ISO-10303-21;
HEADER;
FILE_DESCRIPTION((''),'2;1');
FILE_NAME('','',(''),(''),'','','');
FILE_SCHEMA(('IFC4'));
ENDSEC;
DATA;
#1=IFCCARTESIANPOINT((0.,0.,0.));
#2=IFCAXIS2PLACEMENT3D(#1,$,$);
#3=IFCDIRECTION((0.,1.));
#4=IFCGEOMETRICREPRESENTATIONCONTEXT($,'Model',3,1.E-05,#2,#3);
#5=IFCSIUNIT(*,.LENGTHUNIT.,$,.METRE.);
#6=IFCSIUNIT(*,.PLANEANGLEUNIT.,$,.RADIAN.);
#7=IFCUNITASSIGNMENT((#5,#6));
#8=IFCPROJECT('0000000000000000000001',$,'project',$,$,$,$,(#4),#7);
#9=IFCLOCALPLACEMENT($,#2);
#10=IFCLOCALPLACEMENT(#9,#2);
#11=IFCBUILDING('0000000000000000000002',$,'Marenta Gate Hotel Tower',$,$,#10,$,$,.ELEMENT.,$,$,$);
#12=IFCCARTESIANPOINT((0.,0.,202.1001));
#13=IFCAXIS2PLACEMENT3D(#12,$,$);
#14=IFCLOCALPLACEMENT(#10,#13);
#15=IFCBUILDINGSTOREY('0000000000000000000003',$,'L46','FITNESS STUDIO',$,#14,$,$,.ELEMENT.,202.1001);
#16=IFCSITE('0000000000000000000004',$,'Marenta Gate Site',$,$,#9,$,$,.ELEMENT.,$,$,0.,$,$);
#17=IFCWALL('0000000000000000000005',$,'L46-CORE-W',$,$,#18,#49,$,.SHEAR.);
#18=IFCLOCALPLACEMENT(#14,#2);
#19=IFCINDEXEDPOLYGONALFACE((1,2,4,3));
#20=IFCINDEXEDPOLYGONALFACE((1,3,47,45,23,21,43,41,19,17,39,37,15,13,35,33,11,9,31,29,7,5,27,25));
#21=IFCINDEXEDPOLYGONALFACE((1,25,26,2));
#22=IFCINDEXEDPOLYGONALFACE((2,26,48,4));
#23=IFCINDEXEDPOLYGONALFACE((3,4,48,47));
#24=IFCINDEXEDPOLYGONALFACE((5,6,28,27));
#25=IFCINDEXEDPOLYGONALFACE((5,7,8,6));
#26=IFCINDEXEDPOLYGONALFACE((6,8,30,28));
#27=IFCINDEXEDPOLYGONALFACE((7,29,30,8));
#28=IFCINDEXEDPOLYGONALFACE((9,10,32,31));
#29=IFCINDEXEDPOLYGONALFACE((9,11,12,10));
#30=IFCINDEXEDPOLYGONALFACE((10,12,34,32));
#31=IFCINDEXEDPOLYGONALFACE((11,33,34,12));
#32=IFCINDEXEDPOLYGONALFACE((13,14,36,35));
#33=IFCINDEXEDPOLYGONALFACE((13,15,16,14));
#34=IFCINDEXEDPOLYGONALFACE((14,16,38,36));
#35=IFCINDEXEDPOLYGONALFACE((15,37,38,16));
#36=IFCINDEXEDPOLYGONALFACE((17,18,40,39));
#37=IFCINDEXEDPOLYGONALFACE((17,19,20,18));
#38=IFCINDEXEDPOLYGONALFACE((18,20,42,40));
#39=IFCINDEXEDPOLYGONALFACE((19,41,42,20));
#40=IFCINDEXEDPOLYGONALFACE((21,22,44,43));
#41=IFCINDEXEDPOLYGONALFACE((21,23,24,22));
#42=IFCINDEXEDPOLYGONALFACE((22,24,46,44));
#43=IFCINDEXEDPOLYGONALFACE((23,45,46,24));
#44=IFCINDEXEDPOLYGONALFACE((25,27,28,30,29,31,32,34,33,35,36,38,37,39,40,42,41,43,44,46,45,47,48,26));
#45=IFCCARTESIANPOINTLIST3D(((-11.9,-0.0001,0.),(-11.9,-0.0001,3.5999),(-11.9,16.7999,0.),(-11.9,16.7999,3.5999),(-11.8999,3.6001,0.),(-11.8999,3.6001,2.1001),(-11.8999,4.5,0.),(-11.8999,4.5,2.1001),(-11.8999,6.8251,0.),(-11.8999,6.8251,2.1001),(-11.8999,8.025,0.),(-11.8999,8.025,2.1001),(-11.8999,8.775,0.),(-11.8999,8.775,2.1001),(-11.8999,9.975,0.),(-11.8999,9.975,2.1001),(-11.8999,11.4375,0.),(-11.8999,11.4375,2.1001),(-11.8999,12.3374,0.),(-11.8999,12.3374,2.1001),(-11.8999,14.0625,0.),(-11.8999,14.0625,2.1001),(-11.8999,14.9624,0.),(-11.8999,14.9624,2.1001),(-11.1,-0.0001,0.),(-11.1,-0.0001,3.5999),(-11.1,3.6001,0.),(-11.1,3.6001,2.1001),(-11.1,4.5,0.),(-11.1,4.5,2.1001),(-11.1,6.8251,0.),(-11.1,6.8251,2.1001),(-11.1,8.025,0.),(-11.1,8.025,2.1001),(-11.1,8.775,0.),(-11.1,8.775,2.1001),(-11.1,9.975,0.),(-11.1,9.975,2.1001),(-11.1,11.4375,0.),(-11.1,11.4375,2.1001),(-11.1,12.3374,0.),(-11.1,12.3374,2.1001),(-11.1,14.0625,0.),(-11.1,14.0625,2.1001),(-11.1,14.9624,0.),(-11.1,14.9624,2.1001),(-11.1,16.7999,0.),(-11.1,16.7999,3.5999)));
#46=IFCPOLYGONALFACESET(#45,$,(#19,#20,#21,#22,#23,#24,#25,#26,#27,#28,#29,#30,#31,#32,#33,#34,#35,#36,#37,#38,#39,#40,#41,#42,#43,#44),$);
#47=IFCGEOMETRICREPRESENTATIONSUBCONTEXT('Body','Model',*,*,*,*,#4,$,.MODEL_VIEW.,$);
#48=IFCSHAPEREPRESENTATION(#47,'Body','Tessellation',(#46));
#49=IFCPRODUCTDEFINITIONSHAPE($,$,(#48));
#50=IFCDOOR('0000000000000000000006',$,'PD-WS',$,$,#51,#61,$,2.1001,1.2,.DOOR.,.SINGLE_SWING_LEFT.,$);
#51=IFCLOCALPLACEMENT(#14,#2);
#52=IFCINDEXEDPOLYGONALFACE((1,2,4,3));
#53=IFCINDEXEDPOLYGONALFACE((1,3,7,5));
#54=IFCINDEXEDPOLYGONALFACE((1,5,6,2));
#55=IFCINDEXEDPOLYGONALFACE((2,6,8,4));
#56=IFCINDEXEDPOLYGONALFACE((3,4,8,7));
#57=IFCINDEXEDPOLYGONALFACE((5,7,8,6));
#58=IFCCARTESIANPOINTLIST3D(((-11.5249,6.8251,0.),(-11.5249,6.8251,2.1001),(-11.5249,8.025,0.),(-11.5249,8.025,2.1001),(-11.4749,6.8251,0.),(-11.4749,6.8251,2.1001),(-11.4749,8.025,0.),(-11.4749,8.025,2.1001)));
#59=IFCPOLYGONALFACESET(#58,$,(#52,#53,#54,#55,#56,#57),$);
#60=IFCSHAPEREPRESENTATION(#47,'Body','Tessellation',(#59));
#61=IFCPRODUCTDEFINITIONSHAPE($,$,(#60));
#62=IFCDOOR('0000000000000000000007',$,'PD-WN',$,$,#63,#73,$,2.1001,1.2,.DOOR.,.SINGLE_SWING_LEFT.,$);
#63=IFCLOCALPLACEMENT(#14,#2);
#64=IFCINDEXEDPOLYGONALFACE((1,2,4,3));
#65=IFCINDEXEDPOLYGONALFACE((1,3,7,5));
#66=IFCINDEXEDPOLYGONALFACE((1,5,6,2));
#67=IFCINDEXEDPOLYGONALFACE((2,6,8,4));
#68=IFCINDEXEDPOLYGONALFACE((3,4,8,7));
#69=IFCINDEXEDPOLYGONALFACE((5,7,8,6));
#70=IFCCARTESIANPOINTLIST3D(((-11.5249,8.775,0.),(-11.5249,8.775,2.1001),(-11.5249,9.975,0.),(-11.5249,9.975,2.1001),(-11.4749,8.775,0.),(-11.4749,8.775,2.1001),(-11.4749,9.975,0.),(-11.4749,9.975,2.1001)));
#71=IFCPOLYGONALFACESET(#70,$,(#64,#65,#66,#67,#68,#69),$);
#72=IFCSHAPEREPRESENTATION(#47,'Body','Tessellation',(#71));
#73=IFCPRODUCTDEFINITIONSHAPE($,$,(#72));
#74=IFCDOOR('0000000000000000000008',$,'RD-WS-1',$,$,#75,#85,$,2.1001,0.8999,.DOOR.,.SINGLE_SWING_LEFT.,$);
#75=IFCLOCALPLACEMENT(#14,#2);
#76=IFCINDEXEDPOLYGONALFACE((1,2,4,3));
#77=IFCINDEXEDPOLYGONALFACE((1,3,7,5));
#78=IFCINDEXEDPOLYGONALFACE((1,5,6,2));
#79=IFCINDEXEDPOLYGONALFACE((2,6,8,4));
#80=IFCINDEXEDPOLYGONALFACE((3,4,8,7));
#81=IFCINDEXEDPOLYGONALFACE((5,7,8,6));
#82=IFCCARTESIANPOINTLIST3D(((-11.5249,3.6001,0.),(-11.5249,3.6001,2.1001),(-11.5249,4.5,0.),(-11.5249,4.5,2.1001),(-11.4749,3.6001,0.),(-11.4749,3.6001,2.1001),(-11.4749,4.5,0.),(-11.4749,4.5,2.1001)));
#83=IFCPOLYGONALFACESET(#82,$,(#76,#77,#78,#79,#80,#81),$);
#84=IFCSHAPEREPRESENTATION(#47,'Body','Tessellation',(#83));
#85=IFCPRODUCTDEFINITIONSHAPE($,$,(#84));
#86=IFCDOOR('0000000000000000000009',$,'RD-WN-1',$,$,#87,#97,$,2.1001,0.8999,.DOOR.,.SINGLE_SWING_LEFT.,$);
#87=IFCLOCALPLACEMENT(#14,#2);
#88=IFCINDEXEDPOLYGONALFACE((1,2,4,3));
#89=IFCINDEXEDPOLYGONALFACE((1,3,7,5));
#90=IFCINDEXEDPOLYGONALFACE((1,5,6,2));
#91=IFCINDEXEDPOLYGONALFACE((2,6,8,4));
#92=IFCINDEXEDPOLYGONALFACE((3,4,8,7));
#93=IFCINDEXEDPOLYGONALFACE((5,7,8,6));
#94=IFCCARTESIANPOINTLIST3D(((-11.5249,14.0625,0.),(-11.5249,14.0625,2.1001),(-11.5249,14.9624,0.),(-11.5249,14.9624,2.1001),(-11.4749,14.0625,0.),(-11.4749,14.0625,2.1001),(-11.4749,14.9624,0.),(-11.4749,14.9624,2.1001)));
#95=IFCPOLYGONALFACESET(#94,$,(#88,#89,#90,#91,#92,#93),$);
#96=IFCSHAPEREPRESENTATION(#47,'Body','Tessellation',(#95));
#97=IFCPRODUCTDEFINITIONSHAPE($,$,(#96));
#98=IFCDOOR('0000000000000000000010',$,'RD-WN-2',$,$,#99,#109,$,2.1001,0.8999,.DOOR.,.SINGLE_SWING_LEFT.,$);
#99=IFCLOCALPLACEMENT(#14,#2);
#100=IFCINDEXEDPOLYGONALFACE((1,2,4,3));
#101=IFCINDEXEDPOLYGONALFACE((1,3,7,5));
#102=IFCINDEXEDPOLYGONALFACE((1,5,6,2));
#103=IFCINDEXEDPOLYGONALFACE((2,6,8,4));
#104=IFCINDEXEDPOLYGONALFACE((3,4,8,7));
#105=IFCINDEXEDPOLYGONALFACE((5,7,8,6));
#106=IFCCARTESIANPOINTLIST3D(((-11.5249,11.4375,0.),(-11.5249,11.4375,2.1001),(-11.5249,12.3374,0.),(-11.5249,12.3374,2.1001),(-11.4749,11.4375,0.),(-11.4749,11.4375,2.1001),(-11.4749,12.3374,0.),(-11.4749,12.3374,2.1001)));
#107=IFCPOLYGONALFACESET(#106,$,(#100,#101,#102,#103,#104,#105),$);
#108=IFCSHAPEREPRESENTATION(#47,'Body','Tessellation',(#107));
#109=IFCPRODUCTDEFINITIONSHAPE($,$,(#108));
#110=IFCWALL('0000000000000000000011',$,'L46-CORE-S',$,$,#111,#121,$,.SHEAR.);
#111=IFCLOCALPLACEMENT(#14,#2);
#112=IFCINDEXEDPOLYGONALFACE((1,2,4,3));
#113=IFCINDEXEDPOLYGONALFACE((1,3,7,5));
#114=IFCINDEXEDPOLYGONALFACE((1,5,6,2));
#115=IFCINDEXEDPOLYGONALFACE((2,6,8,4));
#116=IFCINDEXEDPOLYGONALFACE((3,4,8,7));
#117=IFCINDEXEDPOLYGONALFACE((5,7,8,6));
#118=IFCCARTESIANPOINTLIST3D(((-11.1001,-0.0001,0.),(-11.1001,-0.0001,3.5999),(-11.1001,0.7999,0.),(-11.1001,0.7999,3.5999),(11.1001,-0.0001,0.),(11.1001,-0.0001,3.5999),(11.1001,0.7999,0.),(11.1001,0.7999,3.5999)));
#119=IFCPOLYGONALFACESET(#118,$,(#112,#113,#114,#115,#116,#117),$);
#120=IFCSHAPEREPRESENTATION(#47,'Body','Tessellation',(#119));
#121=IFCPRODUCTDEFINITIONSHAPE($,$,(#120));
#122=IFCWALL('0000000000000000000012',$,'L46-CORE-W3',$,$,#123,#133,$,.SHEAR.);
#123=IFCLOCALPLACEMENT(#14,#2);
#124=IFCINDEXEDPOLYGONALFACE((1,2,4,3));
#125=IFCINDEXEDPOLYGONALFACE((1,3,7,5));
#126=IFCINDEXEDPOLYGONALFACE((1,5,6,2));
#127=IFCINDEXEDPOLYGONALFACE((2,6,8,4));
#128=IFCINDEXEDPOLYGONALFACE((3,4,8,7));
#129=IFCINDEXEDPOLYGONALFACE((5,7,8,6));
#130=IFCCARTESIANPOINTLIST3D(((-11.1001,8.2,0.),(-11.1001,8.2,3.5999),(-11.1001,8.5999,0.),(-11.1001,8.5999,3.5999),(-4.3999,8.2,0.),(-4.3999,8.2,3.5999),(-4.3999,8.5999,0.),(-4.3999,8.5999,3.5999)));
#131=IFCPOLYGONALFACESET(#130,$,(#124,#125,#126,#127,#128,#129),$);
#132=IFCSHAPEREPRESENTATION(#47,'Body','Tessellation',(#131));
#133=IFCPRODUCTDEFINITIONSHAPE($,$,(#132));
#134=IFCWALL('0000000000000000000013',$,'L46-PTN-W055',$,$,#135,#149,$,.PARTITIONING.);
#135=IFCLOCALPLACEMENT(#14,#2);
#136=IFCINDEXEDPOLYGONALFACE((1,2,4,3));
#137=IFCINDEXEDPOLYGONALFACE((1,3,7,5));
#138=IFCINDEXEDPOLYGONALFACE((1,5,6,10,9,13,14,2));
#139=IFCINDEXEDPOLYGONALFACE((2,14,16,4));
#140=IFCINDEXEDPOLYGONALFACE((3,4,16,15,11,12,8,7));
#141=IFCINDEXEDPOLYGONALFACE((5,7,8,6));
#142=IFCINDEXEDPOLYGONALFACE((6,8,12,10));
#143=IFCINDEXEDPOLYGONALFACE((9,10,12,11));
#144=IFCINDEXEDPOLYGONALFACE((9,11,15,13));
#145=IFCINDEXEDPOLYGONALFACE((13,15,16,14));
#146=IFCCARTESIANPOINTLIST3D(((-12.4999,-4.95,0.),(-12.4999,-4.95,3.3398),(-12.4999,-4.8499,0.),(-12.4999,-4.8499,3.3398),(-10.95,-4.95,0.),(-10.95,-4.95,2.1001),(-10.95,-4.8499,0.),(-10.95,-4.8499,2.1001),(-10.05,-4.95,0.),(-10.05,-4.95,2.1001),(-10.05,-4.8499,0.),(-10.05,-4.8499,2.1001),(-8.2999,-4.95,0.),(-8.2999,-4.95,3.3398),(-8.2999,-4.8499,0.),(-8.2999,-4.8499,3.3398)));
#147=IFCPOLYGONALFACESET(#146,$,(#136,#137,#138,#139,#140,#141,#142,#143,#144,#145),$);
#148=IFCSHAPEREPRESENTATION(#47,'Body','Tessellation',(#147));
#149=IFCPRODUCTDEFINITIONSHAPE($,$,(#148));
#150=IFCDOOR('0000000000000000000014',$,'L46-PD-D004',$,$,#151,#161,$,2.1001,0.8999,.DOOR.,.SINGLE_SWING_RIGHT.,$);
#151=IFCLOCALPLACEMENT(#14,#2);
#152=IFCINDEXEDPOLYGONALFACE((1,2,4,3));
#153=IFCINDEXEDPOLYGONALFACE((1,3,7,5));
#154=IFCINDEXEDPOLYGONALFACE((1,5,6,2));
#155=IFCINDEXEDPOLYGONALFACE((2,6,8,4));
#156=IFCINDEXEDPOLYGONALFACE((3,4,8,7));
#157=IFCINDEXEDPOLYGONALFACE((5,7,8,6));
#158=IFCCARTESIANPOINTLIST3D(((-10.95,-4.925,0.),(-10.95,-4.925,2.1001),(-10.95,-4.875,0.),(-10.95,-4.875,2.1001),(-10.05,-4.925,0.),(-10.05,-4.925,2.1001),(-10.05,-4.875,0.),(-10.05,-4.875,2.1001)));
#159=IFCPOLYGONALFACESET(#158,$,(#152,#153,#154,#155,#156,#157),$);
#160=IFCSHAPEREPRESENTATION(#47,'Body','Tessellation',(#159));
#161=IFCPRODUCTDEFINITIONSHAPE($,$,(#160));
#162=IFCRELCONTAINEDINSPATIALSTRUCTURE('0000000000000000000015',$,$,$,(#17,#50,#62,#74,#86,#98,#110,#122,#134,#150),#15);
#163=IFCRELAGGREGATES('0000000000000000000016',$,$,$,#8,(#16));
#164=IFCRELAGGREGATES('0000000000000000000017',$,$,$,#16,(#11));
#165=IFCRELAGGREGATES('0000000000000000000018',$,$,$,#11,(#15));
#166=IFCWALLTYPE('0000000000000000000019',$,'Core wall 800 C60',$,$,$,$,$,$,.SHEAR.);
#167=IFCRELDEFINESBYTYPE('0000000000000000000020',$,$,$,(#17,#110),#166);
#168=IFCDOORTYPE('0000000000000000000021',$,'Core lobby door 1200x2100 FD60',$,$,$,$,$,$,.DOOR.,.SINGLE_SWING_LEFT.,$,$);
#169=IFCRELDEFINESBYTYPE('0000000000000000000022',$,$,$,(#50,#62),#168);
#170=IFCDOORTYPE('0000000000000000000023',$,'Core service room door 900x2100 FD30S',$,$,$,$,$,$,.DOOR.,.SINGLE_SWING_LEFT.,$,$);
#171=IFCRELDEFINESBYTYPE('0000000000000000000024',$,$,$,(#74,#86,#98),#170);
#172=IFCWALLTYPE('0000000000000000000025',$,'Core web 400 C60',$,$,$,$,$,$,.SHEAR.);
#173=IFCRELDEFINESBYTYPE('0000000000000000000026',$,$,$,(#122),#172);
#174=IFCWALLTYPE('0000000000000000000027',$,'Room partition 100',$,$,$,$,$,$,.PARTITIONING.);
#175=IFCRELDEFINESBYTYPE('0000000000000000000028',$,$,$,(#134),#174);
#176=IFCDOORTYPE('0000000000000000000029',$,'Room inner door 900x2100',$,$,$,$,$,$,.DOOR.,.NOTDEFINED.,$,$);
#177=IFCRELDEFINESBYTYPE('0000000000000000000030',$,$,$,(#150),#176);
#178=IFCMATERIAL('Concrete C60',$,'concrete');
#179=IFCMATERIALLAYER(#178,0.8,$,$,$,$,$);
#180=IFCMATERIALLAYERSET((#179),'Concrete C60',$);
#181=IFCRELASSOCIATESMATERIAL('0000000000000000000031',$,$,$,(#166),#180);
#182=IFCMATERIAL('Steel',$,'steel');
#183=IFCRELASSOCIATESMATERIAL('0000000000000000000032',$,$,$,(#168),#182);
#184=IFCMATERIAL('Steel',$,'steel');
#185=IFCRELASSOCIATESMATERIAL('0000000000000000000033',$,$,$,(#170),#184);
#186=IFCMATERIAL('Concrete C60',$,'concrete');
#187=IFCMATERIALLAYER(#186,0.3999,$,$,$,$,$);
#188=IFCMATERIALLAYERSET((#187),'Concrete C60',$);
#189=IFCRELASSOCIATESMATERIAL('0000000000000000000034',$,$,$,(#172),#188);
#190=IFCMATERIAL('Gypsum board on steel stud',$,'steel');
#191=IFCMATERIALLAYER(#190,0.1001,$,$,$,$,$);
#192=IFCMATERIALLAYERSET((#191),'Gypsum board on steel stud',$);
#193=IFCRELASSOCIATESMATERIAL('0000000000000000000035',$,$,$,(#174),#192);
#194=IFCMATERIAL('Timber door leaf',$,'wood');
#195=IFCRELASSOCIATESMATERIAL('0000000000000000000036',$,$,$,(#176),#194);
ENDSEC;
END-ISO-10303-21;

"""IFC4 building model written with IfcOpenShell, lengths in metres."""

from ifc_helpers import new_model, si_unit, direction, frame, frame_2d, origin, place, context, subcontext, project, spatial, rectangle, extrude, material, layer, layer_set, type_object, element, fill, save


model = new_model("IFC4")

# Units and contexts
model_context = context("Model", 3, precision=1e-05, world=origin(), true_north=direction((0.0, 1.0)))
body_context = subcontext(model_context, "Body", "Model", "MODEL_VIEW")
ifc_project = project(units=[si_unit("LENGTHUNIT", "METRE"), si_unit("PLANEANGLEUNIT", "RADIAN")], contexts=[model_context])

# Site, building, storey
site_placement = place(None, origin())
site = spatial("IfcSite", under=ifc_project, at=site_placement, Name="Marenta Gate Site", CompositionType="ELEMENT", RefElevation=0.0)
building_placement = place(site_placement, origin())
building = spatial("IfcBuilding", under=site, at=building_placement, Name="Marenta Gate Hotel Tower", CompositionType="ELEMENT")
storey_placement = place(building_placement, frame((0.0, 0.0, 202.1001)))
storey = spatial("IfcBuildingStorey", under=building, at=storey_placement, Name="L46", Description="FITNESS STUDIO", CompositionType="ELEMENT", Elevation=202.1001)

# Wall, openings, doors
ifc_material_1 = material(Name="Concrete C60", Category="concrete")
ifc_layer_1 = layer(ifc_material_1, 0.8)
ifc_layer_set_1 = layer_set([ifc_layer_1], Name="Concrete C60")
wall_type_1 = type_object("IfcWallType", Name="Core wall 800 C60", PredefinedType="SHEAR", material=ifc_layer_set_1)
wall_1_placement = place(storey_placement, frame((-11.5, 0.0, 0.0), z_axis=(0.0, 0.0, 1.0), x_axis=(0.0, 1.0, 0.0)))
wall_1 = element("IfcWall", 1, at=wall_1_placement, inside=storey, type_object=wall_type_1, Name="L46-CORE-W", PredefinedType="SHEAR", context=body_context, shape_type="SweptSolid", body=[
    extrude(rectangle(XDim=16.8, YDim=0.8, at=frame_2d((8.3999, 0.0))), origin(), (0.0, 0.0, 1.0), 3.5999),
])
opening_1_placement = place(wall_1_placement, frame((3.6001, 0.0, 0.0)))
opening_1 = element("IfcOpeningElement", 2, at=opening_1_placement, cuts=wall_1, PredefinedType="OPENING", context=body_context, shape_type="SweptSolid", body=[
    extrude(rectangle(XDim=0.8999, YDim=2.1001, at=frame_2d((0.45, 1.05))), frame((0.0, 0.3999, 0.0), z_axis=(0.0, -1.0, 0.0), x_axis=(1.0, 0.0, 0.0)), (0.0, 0.0, 1.0), 0.8),
])
opening_2_placement = place(wall_1_placement, frame((6.825, 0.0, 0.0)))
opening_2 = element("IfcOpeningElement", 3, at=opening_2_placement, cuts=wall_1, PredefinedType="OPENING", context=body_context, shape_type="SweptSolid", body=[
    extrude(rectangle(XDim=1.2, YDim=2.1001, at=frame_2d((0.6001, 1.05))), frame((0.0, 0.3999, 0.0), z_axis=(0.0, -1.0, 0.0), x_axis=(1.0, 0.0, 0.0)), (0.0, 0.0, 1.0), 0.8),
])
opening_3_placement = place(wall_1_placement, frame((14.0625, 0.0, 0.0)))
opening_3 = element("IfcOpeningElement", 4, at=opening_3_placement, cuts=wall_1, PredefinedType="OPENING", context=body_context, shape_type="SweptSolid", body=[
    extrude(rectangle(XDim=0.8999, YDim=2.1001, at=frame_2d((0.45, 1.05))), frame((0.0, 0.3999, 0.0), z_axis=(0.0, -1.0, 0.0), x_axis=(1.0, 0.0, 0.0)), (0.0, 0.0, 1.0), 0.8),
])
opening_4_placement = place(wall_1_placement, frame((11.4375, 0.0, 0.0)))
opening_4 = element("IfcOpeningElement", 5, at=opening_4_placement, cuts=wall_1, PredefinedType="OPENING", context=body_context, shape_type="SweptSolid", body=[
    extrude(rectangle(XDim=0.8999, YDim=2.1001, at=frame_2d((0.45, 1.05))), frame((0.0, 0.3999, 0.0), z_axis=(0.0, -1.0, 0.0), x_axis=(1.0, 0.0, 0.0)), (0.0, 0.0, 1.0), 0.8),
])
opening_5_placement = place(wall_1_placement, frame((8.7749, 0.0, 0.0)))
opening_5 = element("IfcOpeningElement", 6, at=opening_5_placement, cuts=wall_1, PredefinedType="OPENING", context=body_context, shape_type="SweptSolid", body=[
    extrude(rectangle(XDim=1.2, YDim=2.1001, at=frame_2d((0.6001, 1.05))), frame((0.0, 0.3999, 0.0), z_axis=(0.0, -1.0, 0.0), x_axis=(1.0, 0.0, 0.0)), (0.0, 0.0, 1.0), 0.8),
])
ifc_material_2 = material(Name="Steel", Category="steel")
door_type_1 = type_object("IfcDoorType", Name="Core lobby door 1200x2100 FD60", OperationType="SINGLE_SWING_LEFT", PredefinedType="DOOR", material=ifc_material_2)
door_1_placement = place(opening_2_placement, origin())
door_1 = element("IfcDoor", 7, at=door_1_placement, inside=storey, type_object=door_type_1, Name="PD-WS", OperationType="SINGLE_SWING_LEFT", OverallHeight=2.1001, OverallWidth=1.2, PredefinedType="DOOR", context=body_context, shape_type="SweptSolid", body=[
    extrude(rectangle(XDim=1.2, YDim=2.1001, at=frame_2d((0.6001, 1.05))), frame((0.0, 0.0249, 0.0), z_axis=(0.0, -1.0, 0.0), x_axis=(1.0, 0.0, 0.0)), (0.0, 0.0, 1.0), 0.05),
])
fill(opening_2, door_1)
door_2_placement = place(opening_5_placement, origin())
door_2 = element("IfcDoor", 8, at=door_2_placement, inside=storey, type_object=door_type_1, Name="PD-WN", OperationType="SINGLE_SWING_LEFT", OverallHeight=2.1001, OverallWidth=1.2, PredefinedType="DOOR", context=body_context, shape_type="SweptSolid", body=[
    extrude(rectangle(XDim=1.2, YDim=2.1001, at=frame_2d((0.6001, 1.05))), frame((0.0, 0.0249, 0.0), z_axis=(0.0, -1.0, 0.0), x_axis=(1.0, 0.0, 0.0)), (0.0, 0.0, 1.0), 0.05),
])
fill(opening_5, door_2)
ifc_material_3 = material(Name="Steel", Category="steel")
door_type_2 = type_object("IfcDoorType", Name="Core service room door 900x2100 FD30S", OperationType="SINGLE_SWING_LEFT", PredefinedType="DOOR", material=ifc_material_3)
door_3_placement = place(opening_1_placement, origin())
door_3 = element("IfcDoor", 9, at=door_3_placement, inside=storey, type_object=door_type_2, Name="RD-WS-1", OperationType="SINGLE_SWING_LEFT", OverallHeight=2.1001, OverallWidth=0.8999, PredefinedType="DOOR", context=body_context, shape_type="SweptSolid", body=[
    extrude(rectangle(XDim=0.8999, YDim=2.1001, at=frame_2d((0.45, 1.05))), frame((0.0, 0.0249, 0.0), z_axis=(0.0, -1.0, 0.0), x_axis=(1.0, 0.0, 0.0)), (0.0, 0.0, 1.0), 0.05),
])
fill(opening_1, door_3)
door_4_placement = place(opening_3_placement, origin())
door_4 = element("IfcDoor", 10, at=door_4_placement, inside=storey, type_object=door_type_2, Name="RD-WN-1", OperationType="SINGLE_SWING_LEFT", OverallHeight=2.1001, OverallWidth=0.8999, PredefinedType="DOOR", context=body_context, shape_type="SweptSolid", body=[
    extrude(rectangle(XDim=0.8999, YDim=2.1001, at=frame_2d((0.45, 1.05))), frame((0.0, 0.0249, 0.0), z_axis=(0.0, -1.0, 0.0), x_axis=(1.0, 0.0, 0.0)), (0.0, 0.0, 1.0), 0.05),
])
fill(opening_3, door_4)
door_5_placement = place(opening_4_placement, origin())
door_5 = element("IfcDoor", 11, at=door_5_placement, inside=storey, type_object=door_type_2, Name="RD-WN-2", OperationType="SINGLE_SWING_LEFT", OverallHeight=2.1001, OverallWidth=0.8999, PredefinedType="DOOR", context=body_context, shape_type="SweptSolid", body=[
    extrude(rectangle(XDim=0.8999, YDim=2.1001, at=frame_2d((0.45, 1.05))), frame((0.0, 0.0249, 0.0), z_axis=(0.0, -1.0, 0.0), x_axis=(1.0, 0.0, 0.0)), (0.0, 0.0, 1.0), 0.05),
])
fill(opening_4, door_5)

# Walls
wall_2_placement = place(storey_placement, frame((-11.1001, 0.3999, 0.0), z_axis=(0.0, 0.0, 1.0), x_axis=(1.0, 0.0, 0.0)))
element("IfcWall", 12, at=wall_2_placement, inside=storey, type_object=wall_type_1, Name="L46-CORE-S", PredefinedType="SHEAR", context=body_context, shape_type="SweptSolid", body=[
    extrude(rectangle(XDim=22.2002, YDim=0.8, at=frame_2d((11.1001, 0.0))), origin(), (0.0, 0.0, 1.0), 3.5999),
])
ifc_material_4 = material(Name="Concrete C60", Category="concrete")
ifc_layer_2 = layer(ifc_material_4, 0.3999)
ifc_layer_set_2 = layer_set([ifc_layer_2], Name="Concrete C60")
wall_type_2 = type_object("IfcWallType", Name="Core web 400 C60", PredefinedType="SHEAR", material=ifc_layer_set_2)
wall_3_placement = place(storey_placement, frame((-11.1001, 8.3999, 0.0), z_axis=(0.0, 0.0, 1.0), x_axis=(1.0, 0.0, 0.0)))
element("IfcWall", 13, at=wall_3_placement, inside=storey, type_object=wall_type_2, Name="L46-CORE-W3", PredefinedType="SHEAR", context=body_context, shape_type="SweptSolid", body=[
    extrude(rectangle(XDim=6.7002, YDim=0.3999, at=frame_2d((3.3501, 0.0))), origin(), (0.0, 0.0, 1.0), 3.5999),
])

# Wall, opening, door
ifc_material_5 = material(Name="Gypsum board on steel stud", Category="steel")
ifc_layer_3 = layer(ifc_material_5, 0.1001)
ifc_layer_set_3 = layer_set([ifc_layer_3], Name="Gypsum board on steel stud")
wall_type_3 = type_object("IfcWallType", Name="Room partition 100", PredefinedType="PARTITIONING", material=ifc_layer_set_3)
wall_4_placement = place(storey_placement, frame((-12.5, -4.8999, 0.0), z_axis=(0.0, 0.0, 1.0), x_axis=(1.0, 0.0, 0.0)))
wall_4 = element("IfcWall", 14, at=wall_4_placement, inside=storey, type_object=wall_type_3, Name="L46-PTN-W055", PredefinedType="PARTITIONING", context=body_context, shape_type="SweptSolid", body=[
    extrude(rectangle(XDim=4.2, YDim=0.1001, at=frame_2d((2.1001, 0.0))), origin(), (0.0, 0.0, 1.0), 3.3398),
])
opening_6_placement = place(wall_4_placement, frame((1.55, 0.0, 0.0)))
opening_6 = element("IfcOpeningElement", 15, at=opening_6_placement, cuts=wall_4, PredefinedType="OPENING", context=body_context, shape_type="SweptSolid", body=[
    extrude(rectangle(XDim=0.8999, YDim=2.1001, at=frame_2d((0.45, 1.05))), frame((0.0, 0.05, 0.0), z_axis=(0.0, -1.0, 0.0), x_axis=(1.0, 0.0, 0.0)), (0.0, 0.0, 1.0), 0.1001),
])
ifc_material_6 = material(Name="Timber door leaf", Category="wood")
door_type_3 = type_object("IfcDoorType", Name="Room inner door 900x2100", OperationType="NOTDEFINED", PredefinedType="DOOR", material=ifc_material_6)
door_6_placement = place(opening_6_placement, origin())
door_6 = element("IfcDoor", 16, at=door_6_placement, inside=storey, type_object=door_type_3, Name="L46-PD-D004", OperationType="SINGLE_SWING_RIGHT", OverallHeight=2.1001, OverallWidth=0.8999, PredefinedType="DOOR", context=body_context, shape_type="SweptSolid", body=[
    extrude(rectangle(XDim=0.8999, YDim=2.1001, at=frame_2d((0.45, 1.05))), frame((0.0, 0.0249, 0.0), z_axis=(0.0, -1.0, 0.0), x_axis=(1.0, 0.0, 0.0)), (0.0, 0.0, 1.0), 0.05),
])
fill(opening_6, door_6)

save(model, "model.ifc")
